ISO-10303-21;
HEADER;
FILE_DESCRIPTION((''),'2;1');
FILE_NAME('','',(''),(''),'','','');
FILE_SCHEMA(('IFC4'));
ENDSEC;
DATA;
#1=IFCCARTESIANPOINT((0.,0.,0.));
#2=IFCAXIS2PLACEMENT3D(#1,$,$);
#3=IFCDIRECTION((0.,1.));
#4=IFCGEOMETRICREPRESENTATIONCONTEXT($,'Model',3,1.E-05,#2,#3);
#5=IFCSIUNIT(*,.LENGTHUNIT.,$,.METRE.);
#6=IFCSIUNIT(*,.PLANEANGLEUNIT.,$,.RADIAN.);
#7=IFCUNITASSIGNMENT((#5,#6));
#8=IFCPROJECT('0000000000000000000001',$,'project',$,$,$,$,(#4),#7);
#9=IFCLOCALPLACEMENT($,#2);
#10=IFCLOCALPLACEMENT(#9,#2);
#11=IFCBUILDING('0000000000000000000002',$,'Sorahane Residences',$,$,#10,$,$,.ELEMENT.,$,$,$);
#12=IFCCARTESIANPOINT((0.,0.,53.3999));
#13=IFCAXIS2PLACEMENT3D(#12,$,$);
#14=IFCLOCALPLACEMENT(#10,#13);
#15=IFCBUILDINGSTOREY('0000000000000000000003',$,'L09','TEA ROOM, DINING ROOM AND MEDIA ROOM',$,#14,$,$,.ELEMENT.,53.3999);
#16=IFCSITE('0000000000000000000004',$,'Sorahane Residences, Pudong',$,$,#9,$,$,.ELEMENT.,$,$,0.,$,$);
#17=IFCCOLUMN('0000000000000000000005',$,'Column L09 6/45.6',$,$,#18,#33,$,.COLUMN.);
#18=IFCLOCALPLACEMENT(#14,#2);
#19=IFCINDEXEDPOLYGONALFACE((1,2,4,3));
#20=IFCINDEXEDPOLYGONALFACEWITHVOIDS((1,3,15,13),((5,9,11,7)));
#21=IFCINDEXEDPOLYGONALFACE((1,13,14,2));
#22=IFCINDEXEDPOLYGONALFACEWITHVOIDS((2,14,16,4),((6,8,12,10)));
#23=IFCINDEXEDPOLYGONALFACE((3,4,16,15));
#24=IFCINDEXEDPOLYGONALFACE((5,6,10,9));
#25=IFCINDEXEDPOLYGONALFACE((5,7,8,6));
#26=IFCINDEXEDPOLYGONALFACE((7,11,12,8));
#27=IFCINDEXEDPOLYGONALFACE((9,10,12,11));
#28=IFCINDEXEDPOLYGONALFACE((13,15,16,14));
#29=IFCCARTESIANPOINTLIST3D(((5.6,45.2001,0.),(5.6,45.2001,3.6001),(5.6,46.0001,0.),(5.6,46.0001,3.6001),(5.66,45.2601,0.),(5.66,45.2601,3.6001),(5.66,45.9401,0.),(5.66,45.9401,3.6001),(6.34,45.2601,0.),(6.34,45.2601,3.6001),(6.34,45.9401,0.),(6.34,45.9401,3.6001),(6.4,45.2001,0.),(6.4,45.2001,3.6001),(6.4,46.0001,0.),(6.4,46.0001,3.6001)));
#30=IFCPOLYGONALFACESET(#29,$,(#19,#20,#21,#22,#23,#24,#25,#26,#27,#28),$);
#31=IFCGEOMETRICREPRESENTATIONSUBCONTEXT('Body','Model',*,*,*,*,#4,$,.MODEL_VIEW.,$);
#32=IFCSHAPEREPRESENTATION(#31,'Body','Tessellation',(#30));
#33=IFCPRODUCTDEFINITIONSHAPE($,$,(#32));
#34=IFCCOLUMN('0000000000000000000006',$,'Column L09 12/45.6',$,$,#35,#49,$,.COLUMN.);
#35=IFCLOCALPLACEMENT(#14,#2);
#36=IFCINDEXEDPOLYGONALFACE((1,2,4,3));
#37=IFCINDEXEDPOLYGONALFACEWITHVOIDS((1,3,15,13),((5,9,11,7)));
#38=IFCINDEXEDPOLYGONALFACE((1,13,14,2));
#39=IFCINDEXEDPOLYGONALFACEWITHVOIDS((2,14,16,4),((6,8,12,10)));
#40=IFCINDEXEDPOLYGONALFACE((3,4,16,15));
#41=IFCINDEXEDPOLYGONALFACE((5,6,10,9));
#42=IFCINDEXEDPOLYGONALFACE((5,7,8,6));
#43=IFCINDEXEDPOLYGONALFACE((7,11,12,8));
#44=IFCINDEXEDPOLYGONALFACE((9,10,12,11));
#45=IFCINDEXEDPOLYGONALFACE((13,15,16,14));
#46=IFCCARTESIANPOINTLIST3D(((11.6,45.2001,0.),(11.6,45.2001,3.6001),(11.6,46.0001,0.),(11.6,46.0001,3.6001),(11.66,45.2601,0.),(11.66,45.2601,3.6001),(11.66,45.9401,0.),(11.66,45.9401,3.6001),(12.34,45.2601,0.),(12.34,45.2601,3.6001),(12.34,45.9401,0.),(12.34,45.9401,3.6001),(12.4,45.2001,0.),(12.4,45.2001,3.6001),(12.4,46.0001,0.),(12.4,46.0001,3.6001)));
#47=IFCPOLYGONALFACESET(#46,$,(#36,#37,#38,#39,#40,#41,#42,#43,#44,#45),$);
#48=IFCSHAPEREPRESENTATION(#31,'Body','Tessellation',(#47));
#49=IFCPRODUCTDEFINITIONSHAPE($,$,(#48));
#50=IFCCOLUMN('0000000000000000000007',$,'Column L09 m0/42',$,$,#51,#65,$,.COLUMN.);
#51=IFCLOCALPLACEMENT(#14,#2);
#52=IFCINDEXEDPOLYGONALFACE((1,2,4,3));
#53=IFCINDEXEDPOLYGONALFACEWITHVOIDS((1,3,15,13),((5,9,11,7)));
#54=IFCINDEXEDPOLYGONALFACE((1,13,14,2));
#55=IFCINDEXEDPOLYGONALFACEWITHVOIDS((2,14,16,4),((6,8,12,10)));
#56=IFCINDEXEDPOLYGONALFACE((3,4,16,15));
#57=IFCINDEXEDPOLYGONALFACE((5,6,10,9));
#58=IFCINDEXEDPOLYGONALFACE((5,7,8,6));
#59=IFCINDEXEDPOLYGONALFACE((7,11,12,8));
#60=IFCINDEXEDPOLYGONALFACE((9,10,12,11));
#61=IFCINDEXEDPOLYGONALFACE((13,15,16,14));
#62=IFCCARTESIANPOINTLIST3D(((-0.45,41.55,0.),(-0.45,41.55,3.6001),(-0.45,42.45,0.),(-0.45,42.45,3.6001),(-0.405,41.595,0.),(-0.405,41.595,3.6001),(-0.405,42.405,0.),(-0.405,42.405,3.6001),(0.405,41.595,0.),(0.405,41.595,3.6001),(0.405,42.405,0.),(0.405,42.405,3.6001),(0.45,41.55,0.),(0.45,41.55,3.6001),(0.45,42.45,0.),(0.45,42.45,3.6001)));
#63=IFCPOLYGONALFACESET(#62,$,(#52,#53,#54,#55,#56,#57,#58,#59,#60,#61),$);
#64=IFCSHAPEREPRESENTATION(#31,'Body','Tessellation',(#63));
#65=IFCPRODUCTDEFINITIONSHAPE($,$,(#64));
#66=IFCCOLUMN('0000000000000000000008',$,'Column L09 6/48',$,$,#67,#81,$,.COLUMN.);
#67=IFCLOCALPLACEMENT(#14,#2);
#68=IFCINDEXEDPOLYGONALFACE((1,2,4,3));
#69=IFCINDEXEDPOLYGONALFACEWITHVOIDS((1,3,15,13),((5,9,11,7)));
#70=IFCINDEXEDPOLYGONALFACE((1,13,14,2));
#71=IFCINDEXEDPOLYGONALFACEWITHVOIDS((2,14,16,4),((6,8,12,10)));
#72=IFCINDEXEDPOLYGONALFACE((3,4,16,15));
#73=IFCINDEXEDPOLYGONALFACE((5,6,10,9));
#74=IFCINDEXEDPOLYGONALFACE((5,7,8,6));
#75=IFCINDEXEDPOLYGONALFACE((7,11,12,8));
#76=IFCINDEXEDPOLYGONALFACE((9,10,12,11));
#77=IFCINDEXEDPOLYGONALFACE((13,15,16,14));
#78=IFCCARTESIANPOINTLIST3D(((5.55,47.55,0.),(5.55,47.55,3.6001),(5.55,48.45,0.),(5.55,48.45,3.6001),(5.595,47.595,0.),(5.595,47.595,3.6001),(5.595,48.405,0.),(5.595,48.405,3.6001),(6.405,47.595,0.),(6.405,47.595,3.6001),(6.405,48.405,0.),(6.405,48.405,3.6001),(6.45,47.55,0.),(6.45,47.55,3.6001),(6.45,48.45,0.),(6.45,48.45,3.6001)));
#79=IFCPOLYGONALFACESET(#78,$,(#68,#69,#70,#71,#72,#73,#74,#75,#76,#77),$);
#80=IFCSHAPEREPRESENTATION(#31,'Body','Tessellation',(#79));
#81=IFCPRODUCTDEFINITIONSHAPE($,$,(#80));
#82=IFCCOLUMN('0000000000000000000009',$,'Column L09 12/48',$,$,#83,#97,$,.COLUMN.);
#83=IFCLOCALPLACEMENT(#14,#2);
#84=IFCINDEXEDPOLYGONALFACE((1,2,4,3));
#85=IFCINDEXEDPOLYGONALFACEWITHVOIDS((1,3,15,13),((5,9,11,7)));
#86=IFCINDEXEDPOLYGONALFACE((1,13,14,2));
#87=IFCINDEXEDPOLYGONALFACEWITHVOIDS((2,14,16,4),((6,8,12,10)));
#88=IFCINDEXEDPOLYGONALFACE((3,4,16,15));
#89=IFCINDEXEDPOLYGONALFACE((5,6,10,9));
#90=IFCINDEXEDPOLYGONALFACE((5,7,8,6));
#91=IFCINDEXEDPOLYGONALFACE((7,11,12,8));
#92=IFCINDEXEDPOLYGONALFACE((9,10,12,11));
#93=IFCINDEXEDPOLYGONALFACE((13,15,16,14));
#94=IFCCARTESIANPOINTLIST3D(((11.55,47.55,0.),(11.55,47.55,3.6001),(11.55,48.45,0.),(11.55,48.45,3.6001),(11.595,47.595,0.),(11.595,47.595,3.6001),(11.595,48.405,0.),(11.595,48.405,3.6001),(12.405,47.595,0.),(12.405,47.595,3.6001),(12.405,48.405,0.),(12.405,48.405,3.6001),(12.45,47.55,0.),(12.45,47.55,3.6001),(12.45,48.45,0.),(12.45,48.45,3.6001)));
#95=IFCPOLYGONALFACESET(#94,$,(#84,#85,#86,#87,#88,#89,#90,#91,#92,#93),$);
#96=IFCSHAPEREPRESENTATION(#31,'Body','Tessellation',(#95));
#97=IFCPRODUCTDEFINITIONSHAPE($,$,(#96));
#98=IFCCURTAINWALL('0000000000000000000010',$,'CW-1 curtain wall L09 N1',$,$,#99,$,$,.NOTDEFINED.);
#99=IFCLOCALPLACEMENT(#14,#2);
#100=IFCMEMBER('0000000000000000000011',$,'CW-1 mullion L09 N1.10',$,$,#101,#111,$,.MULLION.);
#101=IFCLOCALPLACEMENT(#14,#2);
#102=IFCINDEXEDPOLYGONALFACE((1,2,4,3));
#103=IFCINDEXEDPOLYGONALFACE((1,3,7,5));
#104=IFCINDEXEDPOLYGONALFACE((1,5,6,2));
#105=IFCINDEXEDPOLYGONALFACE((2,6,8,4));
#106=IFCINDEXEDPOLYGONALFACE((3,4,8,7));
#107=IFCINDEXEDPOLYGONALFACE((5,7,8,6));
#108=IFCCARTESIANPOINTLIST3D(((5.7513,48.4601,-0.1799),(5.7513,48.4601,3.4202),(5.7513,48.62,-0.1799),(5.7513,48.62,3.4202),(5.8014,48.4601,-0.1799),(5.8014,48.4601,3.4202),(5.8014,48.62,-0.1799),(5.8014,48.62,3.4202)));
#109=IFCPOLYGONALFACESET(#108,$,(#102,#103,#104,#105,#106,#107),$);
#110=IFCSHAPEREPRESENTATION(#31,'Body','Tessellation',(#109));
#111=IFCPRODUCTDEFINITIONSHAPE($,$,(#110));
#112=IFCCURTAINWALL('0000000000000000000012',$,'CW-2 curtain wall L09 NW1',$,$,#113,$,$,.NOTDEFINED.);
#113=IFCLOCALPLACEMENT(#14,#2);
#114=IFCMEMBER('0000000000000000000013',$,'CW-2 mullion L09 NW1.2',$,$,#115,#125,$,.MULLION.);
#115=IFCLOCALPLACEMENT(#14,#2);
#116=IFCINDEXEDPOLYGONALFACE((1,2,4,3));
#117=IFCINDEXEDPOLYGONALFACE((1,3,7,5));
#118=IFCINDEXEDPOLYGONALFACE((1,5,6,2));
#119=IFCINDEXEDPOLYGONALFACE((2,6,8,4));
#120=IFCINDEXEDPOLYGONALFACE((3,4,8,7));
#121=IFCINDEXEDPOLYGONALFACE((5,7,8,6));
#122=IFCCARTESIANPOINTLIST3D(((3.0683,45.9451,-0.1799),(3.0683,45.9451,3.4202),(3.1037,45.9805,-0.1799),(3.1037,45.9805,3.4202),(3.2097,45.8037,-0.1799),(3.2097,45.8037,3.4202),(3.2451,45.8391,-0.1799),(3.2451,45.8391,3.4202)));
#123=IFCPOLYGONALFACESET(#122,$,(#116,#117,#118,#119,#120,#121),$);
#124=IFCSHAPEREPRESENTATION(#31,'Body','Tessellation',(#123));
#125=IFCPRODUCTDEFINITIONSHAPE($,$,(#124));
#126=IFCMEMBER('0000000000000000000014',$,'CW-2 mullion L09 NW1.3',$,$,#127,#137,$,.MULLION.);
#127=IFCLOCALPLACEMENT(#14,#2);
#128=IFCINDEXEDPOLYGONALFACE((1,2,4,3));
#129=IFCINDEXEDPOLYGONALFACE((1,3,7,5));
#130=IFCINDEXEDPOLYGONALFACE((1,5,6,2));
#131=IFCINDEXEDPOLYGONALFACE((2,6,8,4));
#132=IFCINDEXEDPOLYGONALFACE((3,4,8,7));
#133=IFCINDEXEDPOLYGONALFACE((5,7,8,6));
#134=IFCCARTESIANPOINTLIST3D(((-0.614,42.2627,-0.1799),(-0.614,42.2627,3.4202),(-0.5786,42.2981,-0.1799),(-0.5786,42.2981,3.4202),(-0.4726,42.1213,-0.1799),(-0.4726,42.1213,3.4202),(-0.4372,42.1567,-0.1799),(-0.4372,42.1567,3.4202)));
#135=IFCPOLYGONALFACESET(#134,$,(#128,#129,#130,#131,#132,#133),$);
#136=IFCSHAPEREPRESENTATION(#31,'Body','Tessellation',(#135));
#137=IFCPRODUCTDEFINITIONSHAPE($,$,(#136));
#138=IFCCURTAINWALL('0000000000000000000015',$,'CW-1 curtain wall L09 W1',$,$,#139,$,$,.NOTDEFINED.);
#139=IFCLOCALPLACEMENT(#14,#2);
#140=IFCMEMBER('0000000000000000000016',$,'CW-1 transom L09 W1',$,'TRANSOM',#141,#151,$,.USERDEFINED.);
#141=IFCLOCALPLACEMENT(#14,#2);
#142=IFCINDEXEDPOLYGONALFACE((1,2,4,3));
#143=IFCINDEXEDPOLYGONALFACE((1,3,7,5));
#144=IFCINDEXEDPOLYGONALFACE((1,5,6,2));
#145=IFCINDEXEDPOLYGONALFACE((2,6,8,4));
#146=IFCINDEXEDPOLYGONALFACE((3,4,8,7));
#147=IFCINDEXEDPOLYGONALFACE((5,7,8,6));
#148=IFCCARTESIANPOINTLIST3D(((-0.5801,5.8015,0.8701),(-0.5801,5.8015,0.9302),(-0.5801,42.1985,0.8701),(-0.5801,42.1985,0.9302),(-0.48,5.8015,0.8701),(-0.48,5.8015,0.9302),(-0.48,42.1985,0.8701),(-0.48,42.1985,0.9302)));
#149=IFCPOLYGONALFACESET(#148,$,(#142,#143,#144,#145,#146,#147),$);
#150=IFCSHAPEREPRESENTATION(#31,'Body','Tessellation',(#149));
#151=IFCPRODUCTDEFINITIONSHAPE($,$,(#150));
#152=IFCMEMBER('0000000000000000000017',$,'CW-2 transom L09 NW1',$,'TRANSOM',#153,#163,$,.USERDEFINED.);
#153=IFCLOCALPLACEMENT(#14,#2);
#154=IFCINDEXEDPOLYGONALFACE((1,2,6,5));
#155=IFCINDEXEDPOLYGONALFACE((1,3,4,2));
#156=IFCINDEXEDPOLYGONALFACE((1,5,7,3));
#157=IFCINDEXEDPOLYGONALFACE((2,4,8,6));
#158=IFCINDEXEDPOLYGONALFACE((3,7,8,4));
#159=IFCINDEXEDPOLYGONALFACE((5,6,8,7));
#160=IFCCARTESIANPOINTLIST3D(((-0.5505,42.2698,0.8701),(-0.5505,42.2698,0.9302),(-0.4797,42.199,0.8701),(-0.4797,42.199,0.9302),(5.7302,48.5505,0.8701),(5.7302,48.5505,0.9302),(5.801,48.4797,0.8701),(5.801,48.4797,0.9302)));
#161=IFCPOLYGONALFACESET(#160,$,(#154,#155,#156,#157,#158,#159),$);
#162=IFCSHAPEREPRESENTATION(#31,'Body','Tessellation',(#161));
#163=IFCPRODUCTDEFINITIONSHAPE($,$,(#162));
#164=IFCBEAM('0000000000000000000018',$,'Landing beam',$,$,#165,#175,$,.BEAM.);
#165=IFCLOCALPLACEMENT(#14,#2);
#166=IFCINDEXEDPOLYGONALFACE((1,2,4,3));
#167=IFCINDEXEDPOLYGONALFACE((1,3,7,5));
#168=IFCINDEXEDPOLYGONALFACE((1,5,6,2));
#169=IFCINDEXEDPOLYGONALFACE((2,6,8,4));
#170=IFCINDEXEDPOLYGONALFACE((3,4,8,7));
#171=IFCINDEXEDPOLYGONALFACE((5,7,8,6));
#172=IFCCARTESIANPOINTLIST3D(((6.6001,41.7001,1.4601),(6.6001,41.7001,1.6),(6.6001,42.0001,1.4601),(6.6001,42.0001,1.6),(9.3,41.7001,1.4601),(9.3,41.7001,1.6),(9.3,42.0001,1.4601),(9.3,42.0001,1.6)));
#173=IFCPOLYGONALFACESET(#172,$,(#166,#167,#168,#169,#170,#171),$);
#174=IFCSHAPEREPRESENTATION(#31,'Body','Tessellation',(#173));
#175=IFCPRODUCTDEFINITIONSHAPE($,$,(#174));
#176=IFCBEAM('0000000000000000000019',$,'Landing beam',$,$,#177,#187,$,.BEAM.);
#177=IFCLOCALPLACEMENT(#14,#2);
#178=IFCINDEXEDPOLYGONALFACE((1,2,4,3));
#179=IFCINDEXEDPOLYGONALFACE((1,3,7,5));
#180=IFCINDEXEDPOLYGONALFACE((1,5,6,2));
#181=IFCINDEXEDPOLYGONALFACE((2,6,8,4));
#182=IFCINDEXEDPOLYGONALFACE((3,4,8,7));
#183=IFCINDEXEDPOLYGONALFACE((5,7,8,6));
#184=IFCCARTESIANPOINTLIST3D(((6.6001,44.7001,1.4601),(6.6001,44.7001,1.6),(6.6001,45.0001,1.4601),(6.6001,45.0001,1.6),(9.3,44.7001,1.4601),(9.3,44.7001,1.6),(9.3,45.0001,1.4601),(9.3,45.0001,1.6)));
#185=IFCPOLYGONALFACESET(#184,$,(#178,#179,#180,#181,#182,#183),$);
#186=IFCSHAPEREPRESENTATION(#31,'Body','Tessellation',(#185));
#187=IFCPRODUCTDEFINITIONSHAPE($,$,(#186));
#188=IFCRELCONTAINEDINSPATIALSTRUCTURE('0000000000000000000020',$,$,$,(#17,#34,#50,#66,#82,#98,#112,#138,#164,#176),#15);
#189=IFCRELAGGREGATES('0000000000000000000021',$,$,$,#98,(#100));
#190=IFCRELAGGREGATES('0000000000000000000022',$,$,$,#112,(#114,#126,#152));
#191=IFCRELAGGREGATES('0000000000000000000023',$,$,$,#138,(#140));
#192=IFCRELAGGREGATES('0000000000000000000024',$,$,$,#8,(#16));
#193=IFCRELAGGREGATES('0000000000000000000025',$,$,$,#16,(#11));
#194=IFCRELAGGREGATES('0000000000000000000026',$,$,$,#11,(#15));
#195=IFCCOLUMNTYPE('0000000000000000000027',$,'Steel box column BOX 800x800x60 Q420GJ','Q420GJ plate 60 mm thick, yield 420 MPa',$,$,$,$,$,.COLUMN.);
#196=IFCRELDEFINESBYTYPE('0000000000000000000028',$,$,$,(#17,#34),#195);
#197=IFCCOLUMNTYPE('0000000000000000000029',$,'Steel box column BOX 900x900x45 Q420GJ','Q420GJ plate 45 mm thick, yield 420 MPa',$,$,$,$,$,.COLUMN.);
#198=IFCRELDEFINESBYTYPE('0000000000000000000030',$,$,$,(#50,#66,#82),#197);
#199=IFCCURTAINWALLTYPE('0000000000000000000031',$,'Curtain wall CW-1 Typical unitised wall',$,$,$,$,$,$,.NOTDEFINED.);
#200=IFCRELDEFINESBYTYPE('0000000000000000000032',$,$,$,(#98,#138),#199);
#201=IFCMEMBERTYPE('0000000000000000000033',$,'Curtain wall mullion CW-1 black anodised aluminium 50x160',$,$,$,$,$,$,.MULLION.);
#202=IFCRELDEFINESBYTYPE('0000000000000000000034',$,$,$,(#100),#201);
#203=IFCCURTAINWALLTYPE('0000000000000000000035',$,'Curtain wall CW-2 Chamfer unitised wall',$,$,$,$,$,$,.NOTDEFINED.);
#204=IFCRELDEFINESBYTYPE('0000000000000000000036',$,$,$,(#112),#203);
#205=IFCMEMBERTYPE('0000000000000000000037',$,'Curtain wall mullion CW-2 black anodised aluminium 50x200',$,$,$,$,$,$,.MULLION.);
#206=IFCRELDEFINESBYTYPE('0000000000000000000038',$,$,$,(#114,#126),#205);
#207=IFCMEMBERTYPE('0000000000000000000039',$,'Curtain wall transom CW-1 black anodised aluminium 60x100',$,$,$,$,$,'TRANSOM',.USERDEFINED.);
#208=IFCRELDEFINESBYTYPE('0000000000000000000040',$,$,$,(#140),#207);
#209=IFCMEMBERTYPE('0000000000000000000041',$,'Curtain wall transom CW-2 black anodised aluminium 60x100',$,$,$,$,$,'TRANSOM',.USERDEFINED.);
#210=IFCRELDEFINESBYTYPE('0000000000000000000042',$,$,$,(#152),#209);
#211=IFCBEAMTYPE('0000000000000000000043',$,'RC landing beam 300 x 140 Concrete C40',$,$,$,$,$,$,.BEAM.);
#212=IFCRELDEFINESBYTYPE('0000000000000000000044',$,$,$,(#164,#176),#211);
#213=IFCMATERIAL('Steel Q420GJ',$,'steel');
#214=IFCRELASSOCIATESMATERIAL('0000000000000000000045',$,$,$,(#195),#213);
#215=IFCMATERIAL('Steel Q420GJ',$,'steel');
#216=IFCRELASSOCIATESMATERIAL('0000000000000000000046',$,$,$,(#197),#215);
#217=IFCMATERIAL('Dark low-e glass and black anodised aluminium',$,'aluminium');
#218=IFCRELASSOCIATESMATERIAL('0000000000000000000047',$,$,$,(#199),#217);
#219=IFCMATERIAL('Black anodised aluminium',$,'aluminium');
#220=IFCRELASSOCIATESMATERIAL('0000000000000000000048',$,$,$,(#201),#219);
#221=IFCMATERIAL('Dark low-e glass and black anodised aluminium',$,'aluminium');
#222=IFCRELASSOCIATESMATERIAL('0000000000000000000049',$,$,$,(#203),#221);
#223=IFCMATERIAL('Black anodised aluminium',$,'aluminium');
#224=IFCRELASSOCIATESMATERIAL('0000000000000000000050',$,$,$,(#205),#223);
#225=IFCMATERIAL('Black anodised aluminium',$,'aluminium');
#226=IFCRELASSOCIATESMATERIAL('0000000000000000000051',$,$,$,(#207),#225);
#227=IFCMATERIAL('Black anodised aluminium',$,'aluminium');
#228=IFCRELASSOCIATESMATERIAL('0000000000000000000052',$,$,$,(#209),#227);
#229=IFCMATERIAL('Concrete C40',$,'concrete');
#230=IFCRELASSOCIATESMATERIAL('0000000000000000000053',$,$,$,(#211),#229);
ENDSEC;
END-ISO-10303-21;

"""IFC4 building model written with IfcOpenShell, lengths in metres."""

from ifc_helpers import new_model, si_unit, direction, frame, origin, origin_2d, place, context, subcontext, project, spatial, rectangle, hollow_rectangle, extrude, material, material_profile, profile_set, type_object, element, aggregate, save


model = new_model("IFC4")

# Units and contexts
model_context = context("Model", 3, precision=1e-05, world=origin(), true_north=direction((0.0, 1.0)))
body_context = subcontext(model_context, "Body", "Model", "MODEL_VIEW")
ifc_project = project(units=[si_unit("LENGTHUNIT", "METRE"), si_unit("PLANEANGLEUNIT", "RADIAN")], contexts=[model_context])

# Site, building, storey
site_placement = place(None, origin())
site = spatial("IfcSite", under=ifc_project, at=site_placement, Name="Sorahane Residences, Pudong", CompositionType="ELEMENT", RefElevation=0.0)
building_placement = place(site_placement, origin())
building = spatial("IfcBuilding", under=site, at=building_placement, Name="Sorahane Residences", CompositionType="ELEMENT")
storey_placement = place(building_placement, frame((0.0, 0.0, 53.3999)))
storey = spatial("IfcBuildingStorey", under=building, at=storey_placement, Name="L09", Description="TEA ROOM, DINING ROOM AND MEDIA ROOM", CompositionType="ELEMENT", Elevation=53.3999)

# Columns
ifc_material_1 = material(Name="Steel Q420GJ", Category="steel")
ifc_material_profile_1 = material_profile(ifc_material_1, hollow_rectangle(XDim=0.8, YDim=0.8, WallThickness=0.0601, at=origin_2d()), Name="BOX 800x800x60")
ifc_profile_set_1 = profile_set([ifc_material_profile_1], Name="Steel Q420GJ")
column_type_1 = type_object("IfcColumnType", Name="Steel box column BOX 800x800x60 Q420GJ", Description="Q420GJ plate 60 mm thick, yield 420 MPa", PredefinedType="COLUMN", material=ifc_profile_set_1)
for number, where, z_axis, x_axis, name in (
    (1, (6.0, 45.6001, 0.0), (0.0, 0.0, 1.0), (1.0, 0.0, 0.0), "Column L09 6/45.6"),
    (2, (12.0, 45.6001, 0.0), (0.0, 0.0, 1.0), (1.0, 0.0, 0.0), "Column L09 12/45.6"),
):
    element("IfcColumn", number, at=place(storey_placement, frame(where, z_axis=z_axis, x_axis=x_axis)), inside=storey, type_object=column_type_1, Name=name, PredefinedType="COLUMN", context=body_context, shape_type="SweptSolid", body=[
        extrude(hollow_rectangle(XDim=0.8, YDim=0.8, WallThickness=0.0601, at=origin_2d()), origin(), (0.0, 0.0, 1.0), 3.6001),
    ])
ifc_material_2 = material(Name="Steel Q420GJ", Category="steel")
ifc_material_profile_2 = material_profile(ifc_material_2, hollow_rectangle(XDim=0.8999, YDim=0.8999, WallThickness=0.0449, at=origin_2d()), Name="BOX 900x900x45")
ifc_profile_set_2 = profile_set([ifc_material_profile_2], Name="Steel Q420GJ")
column_type_2 = type_object("IfcColumnType", Name="Steel box column BOX 900x900x45 Q420GJ", Description="Q420GJ plate 45 mm thick, yield 420 MPa", PredefinedType="COLUMN", material=ifc_profile_set_2)
for number, where, z_axis, x_axis, name in (
    (3, (0.0, 42.0, 0.0), (0.0, 0.0, 1.0), (1.0, 0.0, 0.0), "Column L09 m0/42"),
    (4, (6.0, 48.0, 0.0), (0.0, 0.0, 1.0), (1.0, 0.0, 0.0), "Column L09 6/48"),
    (5, (12.0, 48.0, 0.0), (0.0, 0.0, 1.0), (1.0, 0.0, 0.0), "Column L09 12/48"),
):
    element("IfcColumn", number, at=place(storey_placement, frame(where, z_axis=z_axis, x_axis=x_axis)), inside=storey, type_object=column_type_2, Name=name, PredefinedType="COLUMN", context=body_context, shape_type="SweptSolid", body=[
        extrude(hollow_rectangle(XDim=0.8999, YDim=0.8999, WallThickness=0.0449, at=origin_2d()), origin(), (0.0, 0.0, 1.0), 3.6001),
    ])

# Curtain wall, member
ifc_material_3 = material(Name="Dark low-e glass and black anodised aluminium", Category="aluminium")
curtain_wall_type_1 = type_object("IfcCurtainWallType", Name="Curtain wall CW-1 Typical unitised wall", PredefinedType="NOTDEFINED", material=ifc_material_3)
curtain_wall_1_placement = place(storey_placement, origin())
curtain_wall_1 = element("IfcCurtainWall", 6, at=curtain_wall_1_placement, inside=storey, type_object=curtain_wall_type_1, Name="CW-1 curtain wall L09 N1", PredefinedType="NOTDEFINED")
ifc_material_4 = material(Name="Black anodised aluminium", Category="aluminium")
ifc_material_profile_3 = material_profile(ifc_material_4, rectangle(XDim=0.1599, YDim=0.05, at=origin_2d()), Name="Curtain wall mullion CW-1 black anodised aluminium 50x160")
ifc_profile_set_3 = profile_set([ifc_material_profile_3], Name="Black anodised aluminium")
member_type_1 = type_object("IfcMemberType", Name="Curtain wall mullion CW-1 black anodised aluminium 50x160", PredefinedType="MULLION", material=ifc_profile_set_3)
member_1_placement = place(storey_placement, frame((5.7764, 48.54, -0.1799), z_axis=(0.0, 0.0, 1.0), x_axis=(0.0, 1.0, 0.0)))
member_1 = element("IfcMember", 7, at=member_1_placement, type_object=member_type_1, Name="CW-1 mullion L09 N1.10", PredefinedType="MULLION", context=body_context, shape_type="SweptSolid", body=[
    extrude(rectangle(XDim=0.1599, YDim=0.05, at=origin_2d()), origin(), (0.0, 0.0, 1.0), 3.6001),
])

# Curtain wall, members
ifc_material_5 = material(Name="Dark low-e glass and black anodised aluminium", Category="aluminium")
curtain_wall_type_2 = type_object("IfcCurtainWallType", Name="Curtain wall CW-2 Chamfer unitised wall", PredefinedType="NOTDEFINED", material=ifc_material_5)
curtain_wall_2_placement = place(storey_placement, origin())
curtain_wall_2 = element("IfcCurtainWall", 8, at=curtain_wall_2_placement, inside=storey, type_object=curtain_wall_type_2, Name="CW-2 curtain wall L09 NW1", PredefinedType="NOTDEFINED")
ifc_material_6 = material(Name="Black anodised aluminium", Category="aluminium")
ifc_material_profile_4 = material_profile(ifc_material_6, rectangle(XDim=0.2, YDim=0.05, at=origin_2d()), Name="Curtain wall mullion CW-2 black anodised aluminium 50x200")
ifc_profile_set_4 = profile_set([ifc_material_profile_4], Name="Black anodised aluminium")
member_type_2 = type_object("IfcMemberType", Name="Curtain wall mullion CW-2 black anodised aluminium 50x200", PredefinedType="MULLION", material=ifc_profile_set_4)
member_2_placement = place(storey_placement, frame((3.1567, 45.8921, -0.1799), z_axis=(0.0, 0.0, 1.0), x_axis=(-0.707107, 0.707107, 0.0)))
member_2 = element("IfcMember", 9, at=member_2_placement, type_object=member_type_2, Name="CW-2 mullion L09 NW1.2", PredefinedType="MULLION", context=body_context, shape_type="SweptSolid", body=[
    extrude(rectangle(XDim=0.2, YDim=0.05, at=origin_2d()), origin(), (0.0, 0.0, 1.0), 3.6001),
])
member_3_placement = place(storey_placement, frame((-0.5256, 42.2097, -0.1799), z_axis=(0.0, 0.0, 1.0), x_axis=(-0.707107, 0.707107, 0.0)))
member_3 = element("IfcMember", 10, at=member_3_placement, type_object=member_type_2, Name="CW-2 mullion L09 NW1.3", PredefinedType="MULLION", context=body_context, shape_type="SweptSolid", body=[
    extrude(rectangle(XDim=0.2, YDim=0.05, at=origin_2d()), origin(), (0.0, 0.0, 1.0), 3.6001),
])

# Curtain wall, member
curtain_wall_3_placement = place(storey_placement, origin())
curtain_wall_3 = element("IfcCurtainWall", 11, at=curtain_wall_3_placement, inside=storey, type_object=curtain_wall_type_1, Name="CW-1 curtain wall L09 W1", PredefinedType="NOTDEFINED")
ifc_material_7 = material(Name="Black anodised aluminium", Category="aluminium")
ifc_material_profile_5 = material_profile(ifc_material_7, rectangle(XDim=0.1001, YDim=0.0601, at=origin_2d()), Name="Curtain wall transom CW-1 black anodised aluminium 60x100")
ifc_profile_set_5 = profile_set([ifc_material_profile_5], Name="Black anodised aluminium")
member_type_3 = type_object("IfcMemberType", Name="Curtain wall transom CW-1 black anodised aluminium 60x100", ElementType="TRANSOM", PredefinedType="USERDEFINED", material=ifc_profile_set_5)
member_4_placement = place(storey_placement, frame((-0.53, 42.1985, 0.9001), z_axis=(0.0, -1.0, 0.0), x_axis=(1.0, 0.0, 0.0)))
member_4 = element("IfcMember", 12, at=member_4_placement, type_object=member_type_3, Name="CW-1 transom L09 W1", ObjectType="TRANSOM", PredefinedType="USERDEFINED", context=body_context, shape_type="SweptSolid", body=[
    extrude(rectangle(XDim=0.1001, YDim=0.0601, at=origin_2d()), origin(), (0.0, 0.0, 1.0), 36.397),
])

# Member
ifc_material_8 = material(Name="Black anodised aluminium", Category="aluminium")
ifc_material_profile_6 = material_profile(ifc_material_8, rectangle(XDim=0.1001, YDim=0.0601, at=origin_2d()), Name="Curtain wall transom CW-2 black anodised aluminium 60x100")
ifc_profile_set_6 = profile_set([ifc_material_profile_6], Name="Black anodised aluminium")
member_type_4 = type_object("IfcMemberType", Name="Curtain wall transom CW-2 black anodised aluminium 60x100", ElementType="TRANSOM", PredefinedType="USERDEFINED", material=ifc_profile_set_6)
member_5_placement = place(storey_placement, frame((5.7656, 48.5151, 0.9001), z_axis=(-0.707107, -0.707107, 0.0), x_axis=(0.707107, -0.707107, 0.0)))
member_5 = element("IfcMember", 13, at=member_5_placement, type_object=member_type_4, Name="CW-2 transom L09 NW1", ObjectType="TRANSOM", PredefinedType="USERDEFINED", context=body_context, shape_type="SweptSolid", body=[
    extrude(rectangle(XDim=0.1001, YDim=0.0601, at=origin_2d()), origin(), (0.0, 0.0, 1.0), 8.8823),
])

# Beams
ifc_material_9 = material(Name="Concrete C40", Category="concrete")
ifc_material_profile_7 = material_profile(ifc_material_9, rectangle(XDim=0.3, YDim=0.1399, at=origin_2d()), Name="300x140")
ifc_profile_set_7 = profile_set([ifc_material_profile_7], Name="Concrete C40")
beam_type_1 = type_object("IfcBeamType", Name="RC landing beam 300 x 140 Concrete C40", PredefinedType="BEAM", material=ifc_profile_set_7)
for number, where, z_axis, x_axis, name in (
    (14, (6.6001, 41.8501, 1.53), (1.0, 0.0, 0.0), (0.0, 1.0, 0.0), "Landing beam"),
    (15, (6.6001, 44.8501, 1.53), (1.0, 0.0, 0.0), (0.0, 1.0, 0.0), "Landing beam"),
):
    element("IfcBeam", number, at=place(storey_placement, frame(where, z_axis=z_axis, x_axis=x_axis)), inside=storey, type_object=beam_type_1, Name=name, PredefinedType="BEAM", context=body_context, shape_type="SweptSolid", body=[
        extrude(rectangle(XDim=0.3, YDim=0.1399, at=origin_2d()), origin(), (0.0, 0.0, 1.0), 2.7),
    ])

aggregate(curtain_wall_1, [member_1])
aggregate(curtain_wall_2, [member_2, member_3, member_5])
aggregate(curtain_wall_3, [member_4])

save(model, "model.ifc")
